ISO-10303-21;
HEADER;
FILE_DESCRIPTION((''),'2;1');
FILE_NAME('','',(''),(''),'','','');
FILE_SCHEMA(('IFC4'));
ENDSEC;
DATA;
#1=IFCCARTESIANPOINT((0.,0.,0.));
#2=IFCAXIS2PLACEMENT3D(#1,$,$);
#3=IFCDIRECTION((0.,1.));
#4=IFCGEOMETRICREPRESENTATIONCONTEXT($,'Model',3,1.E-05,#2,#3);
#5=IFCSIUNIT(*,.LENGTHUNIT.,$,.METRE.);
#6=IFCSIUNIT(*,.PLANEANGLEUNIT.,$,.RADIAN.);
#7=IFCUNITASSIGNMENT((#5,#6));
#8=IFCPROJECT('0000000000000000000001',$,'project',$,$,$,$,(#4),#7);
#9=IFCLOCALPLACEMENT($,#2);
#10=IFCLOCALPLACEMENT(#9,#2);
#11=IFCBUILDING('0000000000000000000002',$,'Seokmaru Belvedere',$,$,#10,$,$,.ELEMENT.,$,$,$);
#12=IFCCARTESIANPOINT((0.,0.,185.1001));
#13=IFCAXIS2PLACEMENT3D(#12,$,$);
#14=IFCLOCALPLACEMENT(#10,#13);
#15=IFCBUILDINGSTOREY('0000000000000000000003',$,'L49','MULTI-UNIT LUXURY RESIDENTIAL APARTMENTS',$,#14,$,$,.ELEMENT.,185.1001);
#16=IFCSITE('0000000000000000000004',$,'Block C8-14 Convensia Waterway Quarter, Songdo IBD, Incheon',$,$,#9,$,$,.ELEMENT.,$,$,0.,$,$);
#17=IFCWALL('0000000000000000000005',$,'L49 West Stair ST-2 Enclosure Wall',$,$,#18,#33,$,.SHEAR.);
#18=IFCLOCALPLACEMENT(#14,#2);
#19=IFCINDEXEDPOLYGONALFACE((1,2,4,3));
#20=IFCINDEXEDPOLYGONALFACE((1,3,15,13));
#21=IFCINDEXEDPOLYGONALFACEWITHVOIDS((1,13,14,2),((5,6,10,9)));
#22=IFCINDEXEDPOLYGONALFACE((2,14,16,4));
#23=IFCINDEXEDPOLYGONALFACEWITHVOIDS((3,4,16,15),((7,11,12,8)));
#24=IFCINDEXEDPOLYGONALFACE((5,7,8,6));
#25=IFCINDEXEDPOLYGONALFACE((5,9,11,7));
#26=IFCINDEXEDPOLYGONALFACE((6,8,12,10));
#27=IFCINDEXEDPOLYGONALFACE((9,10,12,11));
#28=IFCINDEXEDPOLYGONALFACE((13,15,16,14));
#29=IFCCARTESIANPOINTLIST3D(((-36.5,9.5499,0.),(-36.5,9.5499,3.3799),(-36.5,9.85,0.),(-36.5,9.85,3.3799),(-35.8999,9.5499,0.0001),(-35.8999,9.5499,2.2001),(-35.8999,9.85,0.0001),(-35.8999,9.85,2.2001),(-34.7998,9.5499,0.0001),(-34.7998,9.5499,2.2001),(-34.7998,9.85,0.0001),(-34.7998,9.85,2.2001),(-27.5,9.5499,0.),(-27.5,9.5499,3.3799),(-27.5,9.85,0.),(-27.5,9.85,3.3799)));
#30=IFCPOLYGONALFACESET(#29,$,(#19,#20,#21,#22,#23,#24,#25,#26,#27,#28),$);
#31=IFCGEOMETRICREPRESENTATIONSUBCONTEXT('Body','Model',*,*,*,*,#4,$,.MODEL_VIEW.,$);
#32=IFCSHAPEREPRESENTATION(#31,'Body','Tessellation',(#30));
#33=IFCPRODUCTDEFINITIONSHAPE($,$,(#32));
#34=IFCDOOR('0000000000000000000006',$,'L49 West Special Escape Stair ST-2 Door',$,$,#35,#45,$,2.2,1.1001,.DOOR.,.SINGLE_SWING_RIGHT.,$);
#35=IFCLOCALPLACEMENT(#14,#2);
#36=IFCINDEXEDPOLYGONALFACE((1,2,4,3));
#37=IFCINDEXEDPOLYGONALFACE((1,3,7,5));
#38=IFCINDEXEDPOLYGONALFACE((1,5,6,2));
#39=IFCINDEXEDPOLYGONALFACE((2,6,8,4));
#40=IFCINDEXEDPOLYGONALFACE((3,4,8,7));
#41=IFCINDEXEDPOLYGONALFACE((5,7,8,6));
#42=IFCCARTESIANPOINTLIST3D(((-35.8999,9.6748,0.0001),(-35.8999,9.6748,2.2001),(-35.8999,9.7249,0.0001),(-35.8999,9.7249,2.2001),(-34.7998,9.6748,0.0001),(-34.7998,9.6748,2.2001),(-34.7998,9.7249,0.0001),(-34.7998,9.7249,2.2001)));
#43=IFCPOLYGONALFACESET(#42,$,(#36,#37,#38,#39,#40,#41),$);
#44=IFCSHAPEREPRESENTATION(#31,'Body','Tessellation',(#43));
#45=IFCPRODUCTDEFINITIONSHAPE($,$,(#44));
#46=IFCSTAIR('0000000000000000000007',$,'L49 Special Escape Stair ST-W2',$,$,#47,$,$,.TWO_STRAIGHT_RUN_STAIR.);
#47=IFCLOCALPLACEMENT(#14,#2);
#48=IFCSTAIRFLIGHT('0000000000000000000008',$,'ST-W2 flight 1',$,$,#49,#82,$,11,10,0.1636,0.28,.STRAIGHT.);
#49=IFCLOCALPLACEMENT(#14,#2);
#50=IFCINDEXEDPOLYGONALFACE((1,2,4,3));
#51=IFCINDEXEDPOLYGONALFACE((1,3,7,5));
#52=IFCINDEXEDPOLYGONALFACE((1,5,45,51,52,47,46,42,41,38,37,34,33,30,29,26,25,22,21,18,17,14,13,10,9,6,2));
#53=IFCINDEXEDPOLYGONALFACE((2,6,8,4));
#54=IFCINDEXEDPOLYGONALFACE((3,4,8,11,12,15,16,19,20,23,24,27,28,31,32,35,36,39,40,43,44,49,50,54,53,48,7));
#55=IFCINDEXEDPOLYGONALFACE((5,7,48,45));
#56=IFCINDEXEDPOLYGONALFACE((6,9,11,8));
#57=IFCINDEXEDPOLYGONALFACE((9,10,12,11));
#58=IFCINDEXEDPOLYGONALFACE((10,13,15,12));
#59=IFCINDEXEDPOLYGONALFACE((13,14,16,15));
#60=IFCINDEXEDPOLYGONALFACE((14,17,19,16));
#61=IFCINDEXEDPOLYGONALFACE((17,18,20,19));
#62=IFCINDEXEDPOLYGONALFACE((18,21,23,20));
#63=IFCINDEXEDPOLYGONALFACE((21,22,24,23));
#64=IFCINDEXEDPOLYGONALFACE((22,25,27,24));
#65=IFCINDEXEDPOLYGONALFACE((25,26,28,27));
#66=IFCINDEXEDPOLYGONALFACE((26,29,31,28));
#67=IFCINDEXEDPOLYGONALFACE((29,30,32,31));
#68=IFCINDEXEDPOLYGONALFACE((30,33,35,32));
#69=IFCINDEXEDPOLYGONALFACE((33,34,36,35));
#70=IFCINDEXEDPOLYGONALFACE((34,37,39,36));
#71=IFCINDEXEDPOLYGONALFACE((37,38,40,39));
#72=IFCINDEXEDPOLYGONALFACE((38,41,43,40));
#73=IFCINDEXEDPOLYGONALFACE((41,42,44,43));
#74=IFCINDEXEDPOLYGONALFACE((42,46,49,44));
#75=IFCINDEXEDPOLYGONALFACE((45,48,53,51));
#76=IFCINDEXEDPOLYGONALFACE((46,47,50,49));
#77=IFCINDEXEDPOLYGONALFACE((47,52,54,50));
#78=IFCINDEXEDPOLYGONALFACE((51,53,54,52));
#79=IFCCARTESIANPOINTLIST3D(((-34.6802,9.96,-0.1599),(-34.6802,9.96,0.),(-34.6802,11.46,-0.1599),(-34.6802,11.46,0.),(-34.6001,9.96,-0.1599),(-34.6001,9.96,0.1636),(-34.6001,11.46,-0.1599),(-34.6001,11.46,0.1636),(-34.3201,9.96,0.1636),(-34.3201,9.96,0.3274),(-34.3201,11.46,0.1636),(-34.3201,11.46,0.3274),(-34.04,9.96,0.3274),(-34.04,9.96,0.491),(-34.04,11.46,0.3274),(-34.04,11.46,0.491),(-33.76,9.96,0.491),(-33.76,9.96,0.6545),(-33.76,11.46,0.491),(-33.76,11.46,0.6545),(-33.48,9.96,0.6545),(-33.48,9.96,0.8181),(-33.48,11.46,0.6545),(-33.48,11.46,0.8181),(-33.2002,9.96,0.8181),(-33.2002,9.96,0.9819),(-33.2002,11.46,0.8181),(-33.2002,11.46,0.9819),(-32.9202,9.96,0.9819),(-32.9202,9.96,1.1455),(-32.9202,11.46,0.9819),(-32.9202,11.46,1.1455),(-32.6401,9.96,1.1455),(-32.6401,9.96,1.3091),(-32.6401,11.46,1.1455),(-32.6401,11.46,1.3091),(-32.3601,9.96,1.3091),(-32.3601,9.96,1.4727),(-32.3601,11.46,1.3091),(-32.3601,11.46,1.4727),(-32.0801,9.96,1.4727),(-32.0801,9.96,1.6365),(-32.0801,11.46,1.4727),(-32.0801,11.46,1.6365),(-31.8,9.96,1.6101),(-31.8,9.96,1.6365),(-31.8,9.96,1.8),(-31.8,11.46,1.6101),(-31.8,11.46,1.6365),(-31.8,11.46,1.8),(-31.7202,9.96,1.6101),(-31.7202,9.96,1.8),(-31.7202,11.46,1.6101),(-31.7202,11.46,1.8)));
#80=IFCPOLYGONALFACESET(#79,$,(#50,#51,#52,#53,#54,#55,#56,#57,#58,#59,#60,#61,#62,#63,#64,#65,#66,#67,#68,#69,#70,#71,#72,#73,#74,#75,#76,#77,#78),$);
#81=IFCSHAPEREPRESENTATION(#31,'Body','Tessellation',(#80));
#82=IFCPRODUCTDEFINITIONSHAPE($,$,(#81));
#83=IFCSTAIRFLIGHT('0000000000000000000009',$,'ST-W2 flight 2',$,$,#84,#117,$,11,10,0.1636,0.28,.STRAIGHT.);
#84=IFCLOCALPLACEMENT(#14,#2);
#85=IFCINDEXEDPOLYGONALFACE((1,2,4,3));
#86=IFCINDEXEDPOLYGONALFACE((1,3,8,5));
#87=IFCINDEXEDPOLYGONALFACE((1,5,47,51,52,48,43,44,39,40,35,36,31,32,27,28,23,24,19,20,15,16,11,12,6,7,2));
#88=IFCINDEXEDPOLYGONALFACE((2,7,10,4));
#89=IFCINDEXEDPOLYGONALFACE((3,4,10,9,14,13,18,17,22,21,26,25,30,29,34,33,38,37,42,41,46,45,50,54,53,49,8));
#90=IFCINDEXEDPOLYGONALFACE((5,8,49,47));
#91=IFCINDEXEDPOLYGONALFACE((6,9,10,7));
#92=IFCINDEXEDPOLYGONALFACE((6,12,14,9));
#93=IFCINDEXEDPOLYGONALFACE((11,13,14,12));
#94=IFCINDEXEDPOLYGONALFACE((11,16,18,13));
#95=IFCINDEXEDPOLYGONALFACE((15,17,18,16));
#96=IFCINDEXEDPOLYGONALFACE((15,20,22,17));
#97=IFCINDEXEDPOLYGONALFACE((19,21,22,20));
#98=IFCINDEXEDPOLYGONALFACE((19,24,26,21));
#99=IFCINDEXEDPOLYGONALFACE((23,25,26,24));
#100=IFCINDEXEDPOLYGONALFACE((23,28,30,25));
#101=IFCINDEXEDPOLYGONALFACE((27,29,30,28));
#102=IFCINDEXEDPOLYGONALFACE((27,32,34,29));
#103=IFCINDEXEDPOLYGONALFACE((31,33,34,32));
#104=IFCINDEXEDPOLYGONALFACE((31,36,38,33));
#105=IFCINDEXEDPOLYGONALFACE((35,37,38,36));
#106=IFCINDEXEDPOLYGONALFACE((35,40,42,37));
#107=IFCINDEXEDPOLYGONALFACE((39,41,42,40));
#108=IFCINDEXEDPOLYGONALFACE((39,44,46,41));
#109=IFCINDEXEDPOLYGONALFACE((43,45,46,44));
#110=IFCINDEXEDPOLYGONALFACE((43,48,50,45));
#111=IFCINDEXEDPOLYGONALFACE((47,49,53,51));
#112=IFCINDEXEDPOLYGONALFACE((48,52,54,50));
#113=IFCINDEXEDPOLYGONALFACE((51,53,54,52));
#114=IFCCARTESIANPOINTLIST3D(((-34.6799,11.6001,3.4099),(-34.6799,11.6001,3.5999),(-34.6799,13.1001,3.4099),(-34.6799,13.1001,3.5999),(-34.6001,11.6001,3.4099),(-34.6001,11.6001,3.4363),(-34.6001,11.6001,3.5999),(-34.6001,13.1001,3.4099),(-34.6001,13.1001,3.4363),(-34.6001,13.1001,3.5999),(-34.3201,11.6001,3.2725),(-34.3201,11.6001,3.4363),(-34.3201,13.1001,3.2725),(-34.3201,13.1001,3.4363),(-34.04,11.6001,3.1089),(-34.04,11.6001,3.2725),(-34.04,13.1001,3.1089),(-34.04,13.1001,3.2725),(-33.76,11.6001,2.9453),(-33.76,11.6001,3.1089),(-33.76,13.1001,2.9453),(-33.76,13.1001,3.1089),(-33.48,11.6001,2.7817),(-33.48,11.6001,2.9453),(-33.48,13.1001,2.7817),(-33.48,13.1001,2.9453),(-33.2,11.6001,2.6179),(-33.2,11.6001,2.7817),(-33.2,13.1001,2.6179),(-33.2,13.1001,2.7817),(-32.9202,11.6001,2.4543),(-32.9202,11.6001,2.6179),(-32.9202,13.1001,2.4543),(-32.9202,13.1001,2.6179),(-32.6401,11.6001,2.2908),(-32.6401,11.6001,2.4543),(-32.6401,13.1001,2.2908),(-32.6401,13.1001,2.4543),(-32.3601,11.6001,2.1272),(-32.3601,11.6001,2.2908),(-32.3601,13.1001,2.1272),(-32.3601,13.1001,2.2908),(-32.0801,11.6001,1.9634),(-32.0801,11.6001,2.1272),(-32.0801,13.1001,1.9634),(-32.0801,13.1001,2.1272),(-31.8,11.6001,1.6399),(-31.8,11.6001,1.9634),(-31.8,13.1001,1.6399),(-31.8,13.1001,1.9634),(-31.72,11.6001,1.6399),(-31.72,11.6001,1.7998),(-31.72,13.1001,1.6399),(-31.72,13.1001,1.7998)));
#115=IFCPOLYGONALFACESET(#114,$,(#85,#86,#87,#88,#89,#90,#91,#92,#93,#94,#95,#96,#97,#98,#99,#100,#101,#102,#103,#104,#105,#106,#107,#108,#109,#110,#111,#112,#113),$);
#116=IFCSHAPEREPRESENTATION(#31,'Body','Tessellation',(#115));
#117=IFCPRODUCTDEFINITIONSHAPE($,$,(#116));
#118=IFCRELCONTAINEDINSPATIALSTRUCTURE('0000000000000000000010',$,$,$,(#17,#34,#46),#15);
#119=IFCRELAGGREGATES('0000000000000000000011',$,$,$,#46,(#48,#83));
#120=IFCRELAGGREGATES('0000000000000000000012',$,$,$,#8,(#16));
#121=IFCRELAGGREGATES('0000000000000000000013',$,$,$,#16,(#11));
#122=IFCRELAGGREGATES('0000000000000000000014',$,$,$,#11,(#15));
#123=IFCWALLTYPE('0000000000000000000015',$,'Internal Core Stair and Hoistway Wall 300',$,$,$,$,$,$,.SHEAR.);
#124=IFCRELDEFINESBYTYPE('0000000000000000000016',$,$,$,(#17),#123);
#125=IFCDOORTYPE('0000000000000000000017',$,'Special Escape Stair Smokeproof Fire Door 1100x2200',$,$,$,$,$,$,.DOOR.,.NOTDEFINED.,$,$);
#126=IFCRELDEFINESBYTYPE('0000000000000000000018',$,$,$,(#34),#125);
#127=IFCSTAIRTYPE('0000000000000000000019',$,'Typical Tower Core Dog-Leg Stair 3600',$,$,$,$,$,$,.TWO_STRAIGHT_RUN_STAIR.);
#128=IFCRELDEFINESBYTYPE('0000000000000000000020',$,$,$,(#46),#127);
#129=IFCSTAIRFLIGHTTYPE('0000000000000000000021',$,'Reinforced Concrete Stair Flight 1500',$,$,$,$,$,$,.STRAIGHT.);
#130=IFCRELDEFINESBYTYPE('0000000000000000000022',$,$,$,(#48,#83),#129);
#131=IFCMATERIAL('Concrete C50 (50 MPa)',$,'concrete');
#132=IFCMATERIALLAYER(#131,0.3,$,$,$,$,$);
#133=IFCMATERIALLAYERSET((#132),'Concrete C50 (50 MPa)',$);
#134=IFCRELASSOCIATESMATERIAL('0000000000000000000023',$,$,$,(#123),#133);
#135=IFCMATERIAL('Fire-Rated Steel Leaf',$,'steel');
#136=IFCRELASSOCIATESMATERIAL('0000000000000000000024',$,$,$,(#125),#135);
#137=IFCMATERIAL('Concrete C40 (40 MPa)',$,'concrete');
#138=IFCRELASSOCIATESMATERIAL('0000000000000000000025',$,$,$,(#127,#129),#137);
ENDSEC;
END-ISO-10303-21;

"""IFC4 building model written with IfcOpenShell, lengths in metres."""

from ifc_helpers import new_model, si_unit, direction, frame, frame_2d, origin, place, context, subcontext, project, spatial, polyline, rectangle, outline, extrude, source, transform, mapped, material, layer, layer_set, type_object, type_shapes, element, fill, aggregate, save


model = new_model("IFC4")

# Units and contexts
model_context = context("Model", 3, precision=1e-05, world=origin(), true_north=direction((0.0, 1.0)))
body_context = subcontext(model_context, "Body", "Model", "MODEL_VIEW")
ifc_project = project(units=[si_unit("LENGTHUNIT", "METRE"), si_unit("PLANEANGLEUNIT", "RADIAN")], contexts=[model_context])

# Site, building, storey
site_placement = place(None, origin())
site = spatial("IfcSite", under=ifc_project, at=site_placement, Name="Block C8-14 Convensia Waterway Quarter, Songdo IBD, Incheon", CompositionType="ELEMENT", RefElevation=0.0)
building_placement = place(site_placement, origin())
building = spatial("IfcBuilding", under=site, at=building_placement, Name="Seokmaru Belvedere", CompositionType="ELEMENT")
storey_placement = place(building_placement, frame((0.0, 0.0, 185.1001)))
storey = spatial("IfcBuildingStorey", under=building, at=storey_placement, Name="L49", Description="MULTI-UNIT LUXURY RESIDENTIAL APARTMENTS", CompositionType="ELEMENT", Elevation=185.1001)

# Shared definitions
ifc_material_1 = material(Name="Concrete C50 (50 MPa)", Category="concrete")

# Wall, opening, door
ifc_layer_1 = layer(ifc_material_1, 0.3)
ifc_layer_set_1 = layer_set([ifc_layer_1], Name="Concrete C50 (50 MPa)")
wall_type_1 = type_object("IfcWallType", Name="Internal Core Stair and Hoistway Wall 300", PredefinedType="SHEAR", material=ifc_layer_set_1)
wall_1_placement = place(storey_placement, frame((-36.5, 9.7, 0.0), z_axis=(0.0, 0.0, 1.0), x_axis=(1.0, 0.0, 0.0)))
wall_1 = element("IfcWall", 1, at=wall_1_placement, inside=storey, type_object=wall_type_1, Name="L49 West Stair ST-2 Enclosure Wall", PredefinedType="SHEAR", context=body_context, shape_type="SweptSolid", body=[
    extrude(rectangle(XDim=9.0, YDim=0.3, at=frame_2d((4.5, 0.0))), origin(), (0.0, 0.0, 1.0), 3.3799),
])
opening_1_placement = place(wall_1_placement, frame((0.6001, 0.0, 0.0)))
opening_1 = element("IfcOpeningElement", 2, at=opening_1_placement, cuts=wall_1, PredefinedType="OPENING", context=body_context, shape_type="SweptSolid", body=[
    extrude(rectangle(XDim=1.1001, YDim=2.2, at=frame_2d((0.55, 1.1001))), frame((0.0, 0.1602, 0.0), z_axis=(0.0, -1.0, 0.0), x_axis=(1.0, 0.0, 0.0)), (0.0, 0.0, 1.0), 0.3201),
])
ifc_material_2 = material(Name="Fire-Rated Steel Leaf", Category="steel")
door_type_1 = type_object("IfcDoorType", Name="Special Escape Stair Smokeproof Fire Door 1100x2200", OperationType="NOTDEFINED", PredefinedType="DOOR", material=ifc_material_2)
shared_shape_1 = source(origin(), body_context, "Body", "SweptSolid", [
    extrude(rectangle(XDim=1.1001, YDim=2.2, at=frame_2d((0.55, 1.1001))), frame((0.0, 0.0249, 0.0), z_axis=(0.0, -1.0, 0.0), x_axis=(1.0, 0.0, 0.0)), (0.0, 0.0, 1.0), 0.05),
])
type_shapes(door_type_1, [shared_shape_1])
door_1_placement = place(opening_1_placement, origin())
door_1 = element("IfcDoor", 3, at=door_1_placement, inside=storey, type_object=door_type_1, Name="L49 West Special Escape Stair ST-2 Door", OperationType="SINGLE_SWING_RIGHT", OverallHeight=2.2, OverallWidth=1.1001, PredefinedType="DOOR", context=body_context, shape_type="MappedRepresentation", body=[
    mapped(shared_shape_1, transform((0.0, 0.0, 0.0), scale=1.0)),
])
fill(opening_1, door_1)

# Stair, stair flights
ifc_material_3 = material(Name="Concrete C40 (40 MPa)", Category="concrete")
stair_type = type_object("IfcStairType", Name="Typical Tower Core Dog-Leg Stair 3600", PredefinedType="TWO_STRAIGHT_RUN_STAIR", material=ifc_material_3)
stair_placement = place(storey_placement, origin())
stair = element("IfcStair", 4, at=stair_placement, inside=storey, type_object=stair_type, Name="L49 Special Escape Stair ST-W2", PredefinedType="TWO_STRAIGHT_RUN_STAIR")
stair_flight_type = type_object("IfcStairFlightType", Name="Reinforced Concrete Stair Flight 1500", PredefinedType="STRAIGHT", material=ifc_material_3)
stair_flight_1_placement = place(storey_placement, frame((-34.6001, 10.71, 0.0), z_axis=(0.0, 0.0, 1.0), x_axis=(1.0, 0.0, 0.0)))
stair_flight_1 = element("IfcStairFlight", 5, at=stair_flight_1_placement, type_object=stair_flight_type, Name="ST-W2 flight 1", NumberOfRisers=11, NumberOfTreads=10, PredefinedType="STRAIGHT", RiserHeight=0.1636, TreadLength=0.28, context=body_context, shape_type="SweptSolid", body=[
    extrude(outline(polyline([(-0.0801, 0.0), (0.0, 0.1636), (0.28, 0.1636), (0.28, 0.3274), (0.5601, 0.3274), (0.5601, 0.491), (0.8401, 0.491), (0.8401, 0.6545), (1.1201, 0.6545), (1.1201, 0.8181), (1.3999, 0.8181), (1.3999, 0.9819), (1.6799, 0.9819), (1.6799, 1.1455), (1.96, 1.1455), (1.96, 1.3091), (2.24, 1.3091), (2.24, 1.4727), (2.52, 1.4727), (2.52, 1.6365), (2.8, 1.6365), (2.8, 1.8), (2.8799, 1.8), (2.8799, 1.6101), (2.8, 1.6101), (0.0, -0.1599), (-0.0801, -0.1599), (-0.0801, 0.0)])), frame((0.0, 0.75, 0.0), z_axis=(0.0, -1.0, 0.0), x_axis=(1.0, 0.0, 0.0)), (0.0, 0.0, 1.0), 1.5),
])
stair_flight_2_placement = place(storey_placement, frame((-31.8, 12.3501, 1.7998), z_axis=(0.0, 0.0, 1.0), x_axis=(-1.0, 0.0, 0.0)))
stair_flight_2 = element("IfcStairFlight", 6, at=stair_flight_2_placement, type_object=stair_flight_type, Name="ST-W2 flight 2", NumberOfRisers=11, NumberOfTreads=10, PredefinedType="STRAIGHT", RiserHeight=0.1636, TreadLength=0.28, context=body_context, shape_type="SweptSolid", body=[
    extrude(outline(polyline([(-0.0801, 0.0), (0.0, 0.1636), (0.28, 0.1636), (0.28, 0.3274), (0.5601, 0.3274), (0.5601, 0.491), (0.8401, 0.491), (0.8401, 0.6545), (1.1201, 0.6545), (1.1201, 0.8181), (1.3999, 0.8181), (1.3999, 0.9819), (1.6799, 0.9819), (1.6799, 1.1455), (1.96, 1.1455), (1.96, 1.3091), (2.24, 1.3091), (2.24, 1.4727), (2.52, 1.4727), (2.52, 1.6365), (2.8, 1.6365), (2.8, 1.8), (2.8799, 1.8), (2.8799, 1.6101), (2.8, 1.6101), (0.0, -0.1599), (-0.0801, -0.1599), (-0.0801, 0.0)])), frame((0.0, 0.75, 0.0), z_axis=(0.0, -1.0, 0.0), x_axis=(1.0, 0.0, 0.0)), (0.0, 0.0, 1.0), 1.5),
])
aggregate(stair, [stair_flight_1, stair_flight_2])

save(model, "model.ifc")
